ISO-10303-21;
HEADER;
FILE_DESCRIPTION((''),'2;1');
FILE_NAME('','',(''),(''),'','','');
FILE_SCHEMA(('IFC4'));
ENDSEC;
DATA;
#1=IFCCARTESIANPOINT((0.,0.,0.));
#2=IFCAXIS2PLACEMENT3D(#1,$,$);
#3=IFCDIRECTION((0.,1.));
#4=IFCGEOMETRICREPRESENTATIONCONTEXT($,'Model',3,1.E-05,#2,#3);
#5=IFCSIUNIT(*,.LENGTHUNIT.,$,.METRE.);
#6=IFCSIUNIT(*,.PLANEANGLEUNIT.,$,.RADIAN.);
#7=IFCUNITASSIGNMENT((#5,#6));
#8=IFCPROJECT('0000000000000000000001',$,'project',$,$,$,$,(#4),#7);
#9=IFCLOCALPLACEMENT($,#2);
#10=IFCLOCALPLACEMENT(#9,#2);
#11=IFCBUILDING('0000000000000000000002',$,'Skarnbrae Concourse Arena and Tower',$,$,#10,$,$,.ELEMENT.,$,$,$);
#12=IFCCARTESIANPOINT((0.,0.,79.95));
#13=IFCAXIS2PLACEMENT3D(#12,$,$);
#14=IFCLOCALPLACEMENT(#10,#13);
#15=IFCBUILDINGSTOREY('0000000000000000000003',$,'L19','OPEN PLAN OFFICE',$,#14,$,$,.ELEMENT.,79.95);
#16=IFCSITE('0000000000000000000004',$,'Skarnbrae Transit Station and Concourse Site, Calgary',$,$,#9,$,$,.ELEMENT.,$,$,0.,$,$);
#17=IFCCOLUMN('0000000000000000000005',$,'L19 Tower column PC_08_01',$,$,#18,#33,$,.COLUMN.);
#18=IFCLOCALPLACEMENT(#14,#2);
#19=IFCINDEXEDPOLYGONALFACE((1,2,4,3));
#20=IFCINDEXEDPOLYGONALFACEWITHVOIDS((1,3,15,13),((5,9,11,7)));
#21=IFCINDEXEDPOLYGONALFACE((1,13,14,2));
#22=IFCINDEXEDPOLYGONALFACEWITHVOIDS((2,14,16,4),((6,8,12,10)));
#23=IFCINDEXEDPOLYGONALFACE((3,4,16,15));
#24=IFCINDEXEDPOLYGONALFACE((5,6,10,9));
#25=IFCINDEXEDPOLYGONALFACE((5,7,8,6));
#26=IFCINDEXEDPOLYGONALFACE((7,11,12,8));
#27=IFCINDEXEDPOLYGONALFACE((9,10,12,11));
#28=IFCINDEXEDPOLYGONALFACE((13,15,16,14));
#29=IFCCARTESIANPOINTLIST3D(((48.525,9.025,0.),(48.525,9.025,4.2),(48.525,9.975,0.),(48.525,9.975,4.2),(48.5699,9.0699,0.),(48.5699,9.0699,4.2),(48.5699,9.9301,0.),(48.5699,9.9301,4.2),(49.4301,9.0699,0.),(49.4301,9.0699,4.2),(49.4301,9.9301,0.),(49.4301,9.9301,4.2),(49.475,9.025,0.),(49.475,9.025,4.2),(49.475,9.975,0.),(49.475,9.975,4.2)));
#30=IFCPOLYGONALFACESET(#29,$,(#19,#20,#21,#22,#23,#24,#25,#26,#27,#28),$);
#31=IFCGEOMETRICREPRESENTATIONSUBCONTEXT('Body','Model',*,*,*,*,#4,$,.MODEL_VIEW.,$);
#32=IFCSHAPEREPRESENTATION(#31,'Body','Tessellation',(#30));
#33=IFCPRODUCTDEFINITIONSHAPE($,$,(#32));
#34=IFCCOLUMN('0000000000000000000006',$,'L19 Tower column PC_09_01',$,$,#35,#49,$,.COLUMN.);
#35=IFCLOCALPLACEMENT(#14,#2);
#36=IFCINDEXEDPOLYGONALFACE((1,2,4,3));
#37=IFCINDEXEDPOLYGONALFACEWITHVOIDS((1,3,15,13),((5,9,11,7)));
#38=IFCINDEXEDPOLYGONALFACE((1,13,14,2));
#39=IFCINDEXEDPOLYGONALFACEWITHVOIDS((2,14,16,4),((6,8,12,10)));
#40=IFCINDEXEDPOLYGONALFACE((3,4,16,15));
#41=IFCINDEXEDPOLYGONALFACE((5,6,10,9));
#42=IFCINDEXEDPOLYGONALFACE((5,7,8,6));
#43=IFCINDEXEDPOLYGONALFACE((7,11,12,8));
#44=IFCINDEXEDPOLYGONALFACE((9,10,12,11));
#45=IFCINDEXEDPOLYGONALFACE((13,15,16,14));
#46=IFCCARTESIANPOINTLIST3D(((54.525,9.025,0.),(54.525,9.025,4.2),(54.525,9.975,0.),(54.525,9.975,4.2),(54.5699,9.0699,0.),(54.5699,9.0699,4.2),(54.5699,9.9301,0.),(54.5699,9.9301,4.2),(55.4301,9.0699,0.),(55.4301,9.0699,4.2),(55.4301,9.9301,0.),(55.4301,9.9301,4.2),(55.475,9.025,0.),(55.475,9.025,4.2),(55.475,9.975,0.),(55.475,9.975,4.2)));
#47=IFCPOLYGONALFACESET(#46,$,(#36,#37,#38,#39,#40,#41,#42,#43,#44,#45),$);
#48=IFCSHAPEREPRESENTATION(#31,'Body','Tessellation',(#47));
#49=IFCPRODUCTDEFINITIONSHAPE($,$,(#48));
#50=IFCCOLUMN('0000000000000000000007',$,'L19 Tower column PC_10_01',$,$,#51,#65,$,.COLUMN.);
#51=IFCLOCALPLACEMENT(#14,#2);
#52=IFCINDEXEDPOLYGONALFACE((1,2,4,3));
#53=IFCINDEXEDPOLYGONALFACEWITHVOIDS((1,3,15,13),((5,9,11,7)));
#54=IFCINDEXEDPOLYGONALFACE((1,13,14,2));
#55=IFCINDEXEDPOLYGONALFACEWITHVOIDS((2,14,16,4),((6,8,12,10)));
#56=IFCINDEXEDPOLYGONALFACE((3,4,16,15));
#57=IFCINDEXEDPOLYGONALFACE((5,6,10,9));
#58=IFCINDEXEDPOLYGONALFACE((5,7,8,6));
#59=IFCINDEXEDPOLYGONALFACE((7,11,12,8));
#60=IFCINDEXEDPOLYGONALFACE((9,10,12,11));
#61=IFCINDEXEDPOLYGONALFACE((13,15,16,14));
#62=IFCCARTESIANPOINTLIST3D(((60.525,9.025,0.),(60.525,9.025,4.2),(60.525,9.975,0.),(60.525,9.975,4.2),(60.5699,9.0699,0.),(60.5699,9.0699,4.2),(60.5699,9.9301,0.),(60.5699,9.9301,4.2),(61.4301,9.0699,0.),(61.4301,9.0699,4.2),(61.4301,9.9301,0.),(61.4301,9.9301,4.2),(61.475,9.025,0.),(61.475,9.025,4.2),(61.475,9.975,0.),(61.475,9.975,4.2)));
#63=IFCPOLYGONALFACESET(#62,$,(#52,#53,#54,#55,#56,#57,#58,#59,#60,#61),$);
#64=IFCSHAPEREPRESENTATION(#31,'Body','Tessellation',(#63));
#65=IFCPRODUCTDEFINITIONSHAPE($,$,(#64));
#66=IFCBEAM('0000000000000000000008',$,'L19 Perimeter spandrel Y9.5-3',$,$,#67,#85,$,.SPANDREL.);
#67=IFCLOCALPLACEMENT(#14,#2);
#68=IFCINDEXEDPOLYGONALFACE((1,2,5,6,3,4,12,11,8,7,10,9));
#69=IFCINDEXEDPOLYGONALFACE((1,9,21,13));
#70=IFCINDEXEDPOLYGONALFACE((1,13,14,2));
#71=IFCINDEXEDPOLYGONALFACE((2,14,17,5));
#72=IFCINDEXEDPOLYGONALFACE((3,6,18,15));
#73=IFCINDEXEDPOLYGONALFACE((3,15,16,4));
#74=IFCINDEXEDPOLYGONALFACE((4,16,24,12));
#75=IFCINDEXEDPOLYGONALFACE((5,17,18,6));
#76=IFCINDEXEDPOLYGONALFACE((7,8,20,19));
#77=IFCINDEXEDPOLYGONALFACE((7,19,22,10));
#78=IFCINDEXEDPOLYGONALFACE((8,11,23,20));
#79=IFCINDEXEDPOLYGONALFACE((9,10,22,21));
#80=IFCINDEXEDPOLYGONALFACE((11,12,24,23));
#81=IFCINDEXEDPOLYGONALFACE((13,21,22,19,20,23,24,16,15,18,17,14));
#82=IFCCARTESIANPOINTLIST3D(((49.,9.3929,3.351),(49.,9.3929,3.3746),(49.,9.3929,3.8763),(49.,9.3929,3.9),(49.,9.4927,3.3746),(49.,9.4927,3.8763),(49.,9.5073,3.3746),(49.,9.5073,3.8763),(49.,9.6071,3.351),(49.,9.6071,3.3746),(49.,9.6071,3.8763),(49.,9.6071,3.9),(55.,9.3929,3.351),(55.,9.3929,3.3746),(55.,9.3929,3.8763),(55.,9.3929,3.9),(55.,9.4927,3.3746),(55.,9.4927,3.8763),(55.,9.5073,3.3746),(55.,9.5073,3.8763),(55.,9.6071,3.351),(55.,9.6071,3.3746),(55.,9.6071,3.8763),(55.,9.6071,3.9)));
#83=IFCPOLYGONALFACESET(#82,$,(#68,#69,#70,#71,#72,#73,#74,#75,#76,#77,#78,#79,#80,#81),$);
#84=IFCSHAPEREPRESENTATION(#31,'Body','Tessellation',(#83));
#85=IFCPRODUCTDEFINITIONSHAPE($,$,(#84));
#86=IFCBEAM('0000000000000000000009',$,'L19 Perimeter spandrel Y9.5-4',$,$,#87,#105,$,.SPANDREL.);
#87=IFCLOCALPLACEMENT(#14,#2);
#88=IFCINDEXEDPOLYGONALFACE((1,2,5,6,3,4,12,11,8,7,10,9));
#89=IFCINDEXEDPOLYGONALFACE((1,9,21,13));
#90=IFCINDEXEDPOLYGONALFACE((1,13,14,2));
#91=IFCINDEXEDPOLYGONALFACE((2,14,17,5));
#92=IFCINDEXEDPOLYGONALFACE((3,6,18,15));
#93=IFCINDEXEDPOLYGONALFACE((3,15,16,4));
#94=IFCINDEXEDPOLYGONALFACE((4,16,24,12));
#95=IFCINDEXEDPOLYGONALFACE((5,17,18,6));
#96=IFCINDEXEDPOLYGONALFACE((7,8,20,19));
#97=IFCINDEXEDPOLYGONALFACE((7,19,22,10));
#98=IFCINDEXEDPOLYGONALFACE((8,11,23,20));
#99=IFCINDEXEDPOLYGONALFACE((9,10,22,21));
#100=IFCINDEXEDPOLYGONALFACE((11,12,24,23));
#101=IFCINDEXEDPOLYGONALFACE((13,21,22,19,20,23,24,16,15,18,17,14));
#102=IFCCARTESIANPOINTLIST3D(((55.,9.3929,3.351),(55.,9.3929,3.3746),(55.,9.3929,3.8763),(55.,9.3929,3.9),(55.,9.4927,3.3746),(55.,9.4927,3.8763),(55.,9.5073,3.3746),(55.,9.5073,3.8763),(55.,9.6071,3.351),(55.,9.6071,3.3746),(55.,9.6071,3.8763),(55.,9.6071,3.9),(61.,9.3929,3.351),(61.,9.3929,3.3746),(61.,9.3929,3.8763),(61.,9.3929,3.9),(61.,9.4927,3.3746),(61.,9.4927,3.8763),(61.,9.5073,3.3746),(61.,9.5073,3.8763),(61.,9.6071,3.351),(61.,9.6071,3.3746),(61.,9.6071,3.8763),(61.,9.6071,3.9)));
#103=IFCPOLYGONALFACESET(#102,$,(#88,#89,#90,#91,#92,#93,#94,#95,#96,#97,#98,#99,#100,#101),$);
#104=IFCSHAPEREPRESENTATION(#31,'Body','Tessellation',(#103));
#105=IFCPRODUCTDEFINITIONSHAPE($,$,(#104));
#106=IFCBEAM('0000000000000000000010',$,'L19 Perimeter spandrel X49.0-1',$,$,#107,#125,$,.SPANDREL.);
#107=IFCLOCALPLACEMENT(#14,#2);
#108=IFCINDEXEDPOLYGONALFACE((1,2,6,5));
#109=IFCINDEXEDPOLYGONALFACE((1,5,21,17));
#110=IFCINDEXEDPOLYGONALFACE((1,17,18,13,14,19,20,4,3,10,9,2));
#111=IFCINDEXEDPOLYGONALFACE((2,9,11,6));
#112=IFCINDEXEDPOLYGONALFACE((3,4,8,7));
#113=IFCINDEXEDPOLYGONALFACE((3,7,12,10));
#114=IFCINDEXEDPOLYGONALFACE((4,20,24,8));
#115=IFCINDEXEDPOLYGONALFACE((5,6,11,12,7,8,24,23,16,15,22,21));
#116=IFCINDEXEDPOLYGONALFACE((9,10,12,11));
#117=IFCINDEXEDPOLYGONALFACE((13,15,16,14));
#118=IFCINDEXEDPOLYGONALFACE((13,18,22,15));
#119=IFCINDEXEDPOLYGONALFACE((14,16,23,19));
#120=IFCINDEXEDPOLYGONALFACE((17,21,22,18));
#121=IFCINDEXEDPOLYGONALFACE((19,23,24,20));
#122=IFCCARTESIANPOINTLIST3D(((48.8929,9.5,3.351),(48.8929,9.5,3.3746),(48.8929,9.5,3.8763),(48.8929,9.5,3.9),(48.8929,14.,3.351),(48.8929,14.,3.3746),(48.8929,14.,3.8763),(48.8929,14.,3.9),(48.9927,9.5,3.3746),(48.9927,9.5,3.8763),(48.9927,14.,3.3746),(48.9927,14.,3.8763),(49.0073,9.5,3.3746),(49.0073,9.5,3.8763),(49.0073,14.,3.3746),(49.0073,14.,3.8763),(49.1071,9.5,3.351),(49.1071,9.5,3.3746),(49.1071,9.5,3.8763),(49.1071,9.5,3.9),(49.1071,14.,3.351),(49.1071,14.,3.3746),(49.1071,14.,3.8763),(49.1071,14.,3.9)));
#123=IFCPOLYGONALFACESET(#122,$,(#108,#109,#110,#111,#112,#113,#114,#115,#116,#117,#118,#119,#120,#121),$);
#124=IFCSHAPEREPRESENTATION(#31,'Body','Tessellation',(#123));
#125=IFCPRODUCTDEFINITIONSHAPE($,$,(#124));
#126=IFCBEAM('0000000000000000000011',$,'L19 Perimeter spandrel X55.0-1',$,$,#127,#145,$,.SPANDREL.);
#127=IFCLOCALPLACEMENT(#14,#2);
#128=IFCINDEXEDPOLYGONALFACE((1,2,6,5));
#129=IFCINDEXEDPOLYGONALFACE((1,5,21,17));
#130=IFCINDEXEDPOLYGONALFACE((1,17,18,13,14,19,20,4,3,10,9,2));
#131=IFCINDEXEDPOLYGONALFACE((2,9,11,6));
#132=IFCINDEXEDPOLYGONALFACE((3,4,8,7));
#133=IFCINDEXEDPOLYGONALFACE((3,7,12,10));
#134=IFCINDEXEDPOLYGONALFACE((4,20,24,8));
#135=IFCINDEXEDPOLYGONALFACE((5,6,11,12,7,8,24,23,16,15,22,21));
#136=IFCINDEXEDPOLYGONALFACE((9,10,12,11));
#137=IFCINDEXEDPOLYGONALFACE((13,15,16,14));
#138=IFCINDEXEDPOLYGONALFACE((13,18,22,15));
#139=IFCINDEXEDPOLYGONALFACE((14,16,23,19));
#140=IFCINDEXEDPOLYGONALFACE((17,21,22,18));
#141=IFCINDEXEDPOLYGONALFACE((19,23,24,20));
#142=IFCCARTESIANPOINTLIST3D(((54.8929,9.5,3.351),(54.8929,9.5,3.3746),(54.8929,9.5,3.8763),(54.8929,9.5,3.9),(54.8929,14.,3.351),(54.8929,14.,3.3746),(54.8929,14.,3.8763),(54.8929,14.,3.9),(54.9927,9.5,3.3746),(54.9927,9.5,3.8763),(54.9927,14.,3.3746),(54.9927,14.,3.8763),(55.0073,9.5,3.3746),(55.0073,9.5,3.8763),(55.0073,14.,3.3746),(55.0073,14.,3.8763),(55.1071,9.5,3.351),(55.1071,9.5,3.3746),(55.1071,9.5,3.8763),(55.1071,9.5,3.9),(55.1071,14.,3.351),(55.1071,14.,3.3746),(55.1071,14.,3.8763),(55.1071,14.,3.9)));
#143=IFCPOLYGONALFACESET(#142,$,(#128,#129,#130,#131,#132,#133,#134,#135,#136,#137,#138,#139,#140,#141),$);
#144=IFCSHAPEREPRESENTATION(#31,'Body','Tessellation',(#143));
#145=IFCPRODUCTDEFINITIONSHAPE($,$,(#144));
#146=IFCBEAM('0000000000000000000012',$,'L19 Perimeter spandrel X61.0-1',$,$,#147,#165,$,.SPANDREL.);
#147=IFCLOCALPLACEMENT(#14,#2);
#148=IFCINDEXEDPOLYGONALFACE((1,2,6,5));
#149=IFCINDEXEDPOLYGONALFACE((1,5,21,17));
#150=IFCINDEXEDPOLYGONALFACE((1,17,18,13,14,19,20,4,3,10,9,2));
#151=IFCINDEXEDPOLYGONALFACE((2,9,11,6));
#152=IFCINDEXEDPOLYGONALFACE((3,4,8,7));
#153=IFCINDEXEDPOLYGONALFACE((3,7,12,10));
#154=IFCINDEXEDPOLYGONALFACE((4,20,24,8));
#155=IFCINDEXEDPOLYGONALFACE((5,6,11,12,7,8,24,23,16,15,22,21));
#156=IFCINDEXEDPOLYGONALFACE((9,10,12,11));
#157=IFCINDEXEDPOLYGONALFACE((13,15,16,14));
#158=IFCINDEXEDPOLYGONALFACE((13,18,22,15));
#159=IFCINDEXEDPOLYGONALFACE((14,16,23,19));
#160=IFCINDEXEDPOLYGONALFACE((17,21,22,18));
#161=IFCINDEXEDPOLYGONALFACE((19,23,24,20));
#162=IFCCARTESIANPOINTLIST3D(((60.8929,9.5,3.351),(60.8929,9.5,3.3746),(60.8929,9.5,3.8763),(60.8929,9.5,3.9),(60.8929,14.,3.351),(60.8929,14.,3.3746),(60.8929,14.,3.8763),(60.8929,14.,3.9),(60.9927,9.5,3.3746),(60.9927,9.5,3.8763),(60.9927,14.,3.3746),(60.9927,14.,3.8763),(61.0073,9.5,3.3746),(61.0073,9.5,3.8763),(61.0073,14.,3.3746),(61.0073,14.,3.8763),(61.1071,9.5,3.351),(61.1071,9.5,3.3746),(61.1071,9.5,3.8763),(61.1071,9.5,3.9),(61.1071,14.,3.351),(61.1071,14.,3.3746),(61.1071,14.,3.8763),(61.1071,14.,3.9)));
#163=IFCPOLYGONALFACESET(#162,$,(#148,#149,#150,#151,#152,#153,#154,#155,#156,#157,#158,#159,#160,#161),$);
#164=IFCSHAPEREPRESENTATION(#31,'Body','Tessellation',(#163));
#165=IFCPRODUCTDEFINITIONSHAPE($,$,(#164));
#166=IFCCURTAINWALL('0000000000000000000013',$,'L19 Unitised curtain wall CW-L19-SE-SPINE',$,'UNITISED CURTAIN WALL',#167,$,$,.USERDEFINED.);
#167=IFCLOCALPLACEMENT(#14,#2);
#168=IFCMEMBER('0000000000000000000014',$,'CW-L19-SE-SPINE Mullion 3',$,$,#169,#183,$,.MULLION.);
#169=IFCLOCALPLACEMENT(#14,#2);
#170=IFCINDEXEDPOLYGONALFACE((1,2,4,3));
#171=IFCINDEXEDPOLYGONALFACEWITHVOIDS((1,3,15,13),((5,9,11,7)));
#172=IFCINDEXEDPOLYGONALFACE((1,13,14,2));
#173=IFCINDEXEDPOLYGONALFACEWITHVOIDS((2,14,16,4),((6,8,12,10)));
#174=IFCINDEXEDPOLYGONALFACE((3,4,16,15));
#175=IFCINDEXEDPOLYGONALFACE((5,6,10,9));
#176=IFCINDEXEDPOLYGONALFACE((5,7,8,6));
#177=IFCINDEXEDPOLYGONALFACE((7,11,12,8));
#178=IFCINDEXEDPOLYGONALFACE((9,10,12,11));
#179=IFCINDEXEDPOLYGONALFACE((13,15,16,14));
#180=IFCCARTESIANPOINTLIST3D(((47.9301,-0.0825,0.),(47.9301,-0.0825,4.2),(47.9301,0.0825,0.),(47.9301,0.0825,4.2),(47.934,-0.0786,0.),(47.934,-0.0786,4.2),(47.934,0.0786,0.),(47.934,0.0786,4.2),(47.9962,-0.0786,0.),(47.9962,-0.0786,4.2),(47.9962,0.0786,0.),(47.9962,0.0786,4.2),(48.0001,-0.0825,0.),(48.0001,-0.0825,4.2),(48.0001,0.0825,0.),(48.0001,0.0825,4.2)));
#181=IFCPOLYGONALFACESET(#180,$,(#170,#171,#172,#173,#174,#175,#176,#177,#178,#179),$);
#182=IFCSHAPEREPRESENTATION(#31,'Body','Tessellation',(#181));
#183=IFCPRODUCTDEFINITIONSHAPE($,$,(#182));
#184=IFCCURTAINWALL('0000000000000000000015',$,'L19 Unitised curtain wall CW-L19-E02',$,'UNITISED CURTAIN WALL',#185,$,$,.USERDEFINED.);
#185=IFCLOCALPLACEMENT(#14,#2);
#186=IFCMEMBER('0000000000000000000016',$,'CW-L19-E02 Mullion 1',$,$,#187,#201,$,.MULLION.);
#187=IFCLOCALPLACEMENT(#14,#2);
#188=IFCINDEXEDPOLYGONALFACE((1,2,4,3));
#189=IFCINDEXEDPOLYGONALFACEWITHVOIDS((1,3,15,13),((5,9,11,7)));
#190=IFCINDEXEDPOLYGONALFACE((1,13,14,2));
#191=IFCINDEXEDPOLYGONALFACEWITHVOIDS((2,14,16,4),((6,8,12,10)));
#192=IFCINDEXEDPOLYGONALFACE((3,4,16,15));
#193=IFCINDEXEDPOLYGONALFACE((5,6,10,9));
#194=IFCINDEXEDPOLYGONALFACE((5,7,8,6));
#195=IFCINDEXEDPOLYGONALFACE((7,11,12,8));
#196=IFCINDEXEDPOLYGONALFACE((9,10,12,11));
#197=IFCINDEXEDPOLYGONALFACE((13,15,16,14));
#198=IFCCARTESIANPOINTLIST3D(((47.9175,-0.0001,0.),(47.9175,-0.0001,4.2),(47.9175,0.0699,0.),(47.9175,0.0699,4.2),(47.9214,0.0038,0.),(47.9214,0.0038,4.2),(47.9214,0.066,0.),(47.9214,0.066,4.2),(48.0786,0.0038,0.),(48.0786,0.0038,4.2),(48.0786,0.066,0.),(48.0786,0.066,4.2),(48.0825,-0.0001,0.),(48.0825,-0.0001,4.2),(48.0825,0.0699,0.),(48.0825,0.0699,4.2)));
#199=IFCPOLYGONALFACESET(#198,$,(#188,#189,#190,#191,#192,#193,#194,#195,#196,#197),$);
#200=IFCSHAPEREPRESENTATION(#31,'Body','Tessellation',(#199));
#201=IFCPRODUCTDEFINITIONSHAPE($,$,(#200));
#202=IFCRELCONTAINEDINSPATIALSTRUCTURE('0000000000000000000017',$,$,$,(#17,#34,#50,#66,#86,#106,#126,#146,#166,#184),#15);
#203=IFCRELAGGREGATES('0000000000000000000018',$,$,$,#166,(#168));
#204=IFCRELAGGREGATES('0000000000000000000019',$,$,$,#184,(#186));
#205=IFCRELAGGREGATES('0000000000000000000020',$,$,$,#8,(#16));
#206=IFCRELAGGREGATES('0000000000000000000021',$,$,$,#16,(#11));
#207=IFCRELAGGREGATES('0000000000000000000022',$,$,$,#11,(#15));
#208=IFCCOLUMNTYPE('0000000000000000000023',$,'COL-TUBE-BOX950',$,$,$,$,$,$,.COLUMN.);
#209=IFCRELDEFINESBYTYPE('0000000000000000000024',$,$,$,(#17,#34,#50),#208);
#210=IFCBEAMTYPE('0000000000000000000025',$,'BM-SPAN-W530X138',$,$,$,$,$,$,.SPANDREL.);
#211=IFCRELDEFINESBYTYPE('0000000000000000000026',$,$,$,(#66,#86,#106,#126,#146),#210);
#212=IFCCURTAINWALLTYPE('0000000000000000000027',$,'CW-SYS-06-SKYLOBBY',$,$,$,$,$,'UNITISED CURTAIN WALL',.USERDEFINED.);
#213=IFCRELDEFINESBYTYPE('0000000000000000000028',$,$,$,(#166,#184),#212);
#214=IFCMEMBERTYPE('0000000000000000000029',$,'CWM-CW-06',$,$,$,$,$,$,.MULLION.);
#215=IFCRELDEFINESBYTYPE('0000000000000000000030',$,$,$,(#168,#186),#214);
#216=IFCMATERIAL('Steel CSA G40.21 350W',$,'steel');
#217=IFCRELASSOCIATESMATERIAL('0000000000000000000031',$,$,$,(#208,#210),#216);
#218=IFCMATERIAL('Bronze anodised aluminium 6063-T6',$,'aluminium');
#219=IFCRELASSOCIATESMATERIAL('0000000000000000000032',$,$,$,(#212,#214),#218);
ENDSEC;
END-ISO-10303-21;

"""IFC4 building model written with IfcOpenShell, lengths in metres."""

from ifc_helpers import new_model, si_unit, direction, frame, origin, origin_2d, place, context, subcontext, project, spatial, hollow_rectangle, i_section, extrude, source, transform, mapped, material, material_profile, profile_set, type_object, element, aggregate, save


model = new_model("IFC4")

# Units and contexts
model_context = context("Model", 3, precision=1e-05, world=origin(), true_north=direction((0.0, 1.0)))
body_context = subcontext(model_context, "Body", "Model", "MODEL_VIEW")
ifc_project = project(units=[si_unit("LENGTHUNIT", "METRE"), si_unit("PLANEANGLEUNIT", "RADIAN")], contexts=[model_context])

# Site, building, storey
site_placement = place(None, origin())
site = spatial("IfcSite", under=ifc_project, at=site_placement, Name="Skarnbrae Transit Station and Concourse Site, Calgary", CompositionType="ELEMENT", RefElevation=0.0)
building_placement = place(site_placement, origin())
building = spatial("IfcBuilding", under=site, at=building_placement, Name="Skarnbrae Concourse Arena and Tower", CompositionType="ELEMENT")
storey_placement = place(building_placement, frame((0.0, 0.0, 79.95)))
storey = spatial("IfcBuildingStorey", under=building, at=storey_placement, Name="L19", Description="OPEN PLAN OFFICE", CompositionType="ELEMENT", Elevation=79.95)

# Columns
ifc_material_1 = material(Name="Steel CSA G40.21 350W", Category="steel")
ifc_material_profile_1 = material_profile(ifc_material_1, hollow_rectangle(XDim=0.95, YDim=0.95, WallThickness=0.0449, at=origin_2d()), Name="BOX950X950X45")
ifc_profile_set_1 = profile_set([ifc_material_profile_1], Name="Steel CSA G40.21 350W")
column_type = type_object("IfcColumnType", Name="COL-TUBE-BOX950", PredefinedType="COLUMN", material=ifc_profile_set_1)
shared_shape_1 = source(origin(), body_context, "Body", "SweptSolid", [
    extrude(hollow_rectangle(XDim=0.95, YDim=0.95, WallThickness=0.0449, at=origin_2d()), origin(), (0.0, 0.0, 1.0), 4.2),
])
for number, where, z_axis, x_axis, name in (
    (1, (49.0, 9.5, 0.0), (0.0, 0.0, 1.0), (1.0, 0.0, 0.0), "L19 Tower column PC_08_01"),
    (2, (55.0, 9.5, 0.0), (0.0, 0.0, 1.0), (1.0, 0.0, 0.0), "L19 Tower column PC_09_01"),
    (3, (61.0, 9.5, 0.0), (0.0, 0.0, 1.0), (1.0, 0.0, 0.0), "L19 Tower column PC_10_01"),
):
    element("IfcColumn", number, at=place(storey_placement, frame(where, z_axis=z_axis, x_axis=x_axis)), inside=storey, type_object=column_type, Name=name, PredefinedType="COLUMN", context=body_context, shape_type="MappedRepresentation", body=[
        mapped(shared_shape_1, transform((0.0, 0.0, 0.0))),
    ])

# Beams
ifc_material_profile_2 = material_profile(ifc_material_1, i_section(OverallWidth=0.2141, OverallDepth=0.5491, WebThickness=0.0146, FlangeThickness=0.0237, at=origin_2d()), Name="W530X138")
ifc_profile_set_2 = profile_set([ifc_material_profile_2], Name="Steel CSA G40.21 350W")
beam_type = type_object("IfcBeamType", Name="BM-SPAN-W530X138", PredefinedType="SPANDREL", material=ifc_profile_set_2)
shared_shape_2 = source(origin(), body_context, "Body", "SweptSolid", [
    extrude(i_section(OverallWidth=0.2141, OverallDepth=0.5491, WebThickness=0.0146, FlangeThickness=0.0237, at=origin_2d()), origin(), (0.0, 0.0, 1.0), 6.0),
])
for number, where, z_axis, x_axis, name in (
    (4, (49.0, 9.5, 3.6255), (1.0, 0.0, 0.0), (0.0, 1.0, 0.0), "L19 Perimeter spandrel Y9.5-3"),
    (5, (55.0, 9.5, 3.6255), (1.0, 0.0, 0.0), (0.0, 1.0, 0.0), "L19 Perimeter spandrel Y9.5-4"),
):
    element("IfcBeam", number, at=place(storey_placement, frame(where, z_axis=z_axis, x_axis=x_axis)), inside=storey, type_object=beam_type, Name=name, PredefinedType="SPANDREL", context=body_context, shape_type="MappedRepresentation", body=[
        mapped(shared_shape_2, transform((0.0, 0.0, 0.0))),
    ])
shared_shape_3 = source(origin(), body_context, "Body", "SweptSolid", [
    extrude(i_section(OverallWidth=0.2141, OverallDepth=0.5491, WebThickness=0.0146, FlangeThickness=0.0237, at=origin_2d()), origin(), (0.0, 0.0, 1.0), 4.5),
])
for number, where, z_axis, x_axis, name in (
    (6, (49.0, 9.5, 3.6255), (0.0, 1.0, 0.0), (-1.0, 0.0, 0.0), "L19 Perimeter spandrel X49.0-1"),
    (7, (55.0, 9.5, 3.6255), (0.0, 1.0, 0.0), (-1.0, 0.0, 0.0), "L19 Perimeter spandrel X55.0-1"),
    (8, (61.0, 9.5, 3.6255), (0.0, 1.0, 0.0), (-1.0, 0.0, 0.0), "L19 Perimeter spandrel X61.0-1"),
):
    element("IfcBeam", number, at=place(storey_placement, frame(where, z_axis=z_axis, x_axis=x_axis)), inside=storey, type_object=beam_type, Name=name, PredefinedType="SPANDREL", context=body_context, shape_type="MappedRepresentation", body=[
        mapped(shared_shape_3, transform((0.0, 0.0, 0.0))),
    ])

# Curtain wall, member
ifc_material_2 = material(Name="Bronze anodised aluminium 6063-T6", Category="aluminium")
curtain_wall_type = type_object("IfcCurtainWallType", Name="CW-SYS-06-SKYLOBBY", ElementType="UNITISED CURTAIN WALL", PredefinedType="USERDEFINED", material=ifc_material_2)
curtain_wall_1_placement = place(storey_placement, origin())
curtain_wall_1 = element("IfcCurtainWall", 9, at=curtain_wall_1_placement, inside=storey, type_object=curtain_wall_type, Name="L19 Unitised curtain wall CW-L19-SE-SPINE", ObjectType="UNITISED CURTAIN WALL", PredefinedType="USERDEFINED")
ifc_material_profile_3 = material_profile(ifc_material_2, hollow_rectangle(XDim=0.0701, YDim=0.165, WallThickness=0.0039, at=origin_2d()), Name="ALU-MULL-70X165")
ifc_profile_set_3 = profile_set([ifc_material_profile_3], Name="Bronze anodised aluminium 6063-T6")
member_type_1 = type_object("IfcMemberType", Name="CWM-CW-06", PredefinedType="MULLION", material=ifc_profile_set_3)
shared_shape_4 = source(origin(), body_context, "Body", "SweptSolid", [
    extrude(hollow_rectangle(XDim=0.0701, YDim=0.165, WallThickness=0.0039, at=origin_2d()), origin(), (0.0, 0.0, 1.0), 4.2),
])
member_1_placement = place(storey_placement, frame((47.9651, 0.0, 0.0), z_axis=(0.0, 0.0, 1.0), x_axis=(1.0, 0.0, 0.0)))
member_1 = element("IfcMember", 10, at=member_1_placement, type_object=member_type_1, Name="CW-L19-SE-SPINE Mullion 3", PredefinedType="MULLION", context=body_context, shape_type="MappedRepresentation", body=[
    mapped(shared_shape_4, transform((0.0, 0.0, 0.0))),
])
aggregate(curtain_wall_1, [member_1])

# Curtain wall, member
curtain_wall_2_placement = place(storey_placement, origin())
curtain_wall_2 = element("IfcCurtainWall", 11, at=curtain_wall_2_placement, inside=storey, type_object=curtain_wall_type, Name="L19 Unitised curtain wall CW-L19-E02", ObjectType="UNITISED CURTAIN WALL", PredefinedType="USERDEFINED")
member_2_placement = place(storey_placement, frame((48.0, 0.0349, 0.0), z_axis=(0.0, 0.0, 1.0), x_axis=(0.0, 1.0, 0.0)))
member_2 = element("IfcMember", 12, at=member_2_placement, type_object=member_type_1, Name="CW-L19-E02 Mullion 1", PredefinedType="MULLION", context=body_context, shape_type="MappedRepresentation", body=[
    mapped(shared_shape_4, transform((0.0, 0.0, 0.0))),
])

aggregate(curtain_wall_2, [member_2])

save(model, "model.ifc")
